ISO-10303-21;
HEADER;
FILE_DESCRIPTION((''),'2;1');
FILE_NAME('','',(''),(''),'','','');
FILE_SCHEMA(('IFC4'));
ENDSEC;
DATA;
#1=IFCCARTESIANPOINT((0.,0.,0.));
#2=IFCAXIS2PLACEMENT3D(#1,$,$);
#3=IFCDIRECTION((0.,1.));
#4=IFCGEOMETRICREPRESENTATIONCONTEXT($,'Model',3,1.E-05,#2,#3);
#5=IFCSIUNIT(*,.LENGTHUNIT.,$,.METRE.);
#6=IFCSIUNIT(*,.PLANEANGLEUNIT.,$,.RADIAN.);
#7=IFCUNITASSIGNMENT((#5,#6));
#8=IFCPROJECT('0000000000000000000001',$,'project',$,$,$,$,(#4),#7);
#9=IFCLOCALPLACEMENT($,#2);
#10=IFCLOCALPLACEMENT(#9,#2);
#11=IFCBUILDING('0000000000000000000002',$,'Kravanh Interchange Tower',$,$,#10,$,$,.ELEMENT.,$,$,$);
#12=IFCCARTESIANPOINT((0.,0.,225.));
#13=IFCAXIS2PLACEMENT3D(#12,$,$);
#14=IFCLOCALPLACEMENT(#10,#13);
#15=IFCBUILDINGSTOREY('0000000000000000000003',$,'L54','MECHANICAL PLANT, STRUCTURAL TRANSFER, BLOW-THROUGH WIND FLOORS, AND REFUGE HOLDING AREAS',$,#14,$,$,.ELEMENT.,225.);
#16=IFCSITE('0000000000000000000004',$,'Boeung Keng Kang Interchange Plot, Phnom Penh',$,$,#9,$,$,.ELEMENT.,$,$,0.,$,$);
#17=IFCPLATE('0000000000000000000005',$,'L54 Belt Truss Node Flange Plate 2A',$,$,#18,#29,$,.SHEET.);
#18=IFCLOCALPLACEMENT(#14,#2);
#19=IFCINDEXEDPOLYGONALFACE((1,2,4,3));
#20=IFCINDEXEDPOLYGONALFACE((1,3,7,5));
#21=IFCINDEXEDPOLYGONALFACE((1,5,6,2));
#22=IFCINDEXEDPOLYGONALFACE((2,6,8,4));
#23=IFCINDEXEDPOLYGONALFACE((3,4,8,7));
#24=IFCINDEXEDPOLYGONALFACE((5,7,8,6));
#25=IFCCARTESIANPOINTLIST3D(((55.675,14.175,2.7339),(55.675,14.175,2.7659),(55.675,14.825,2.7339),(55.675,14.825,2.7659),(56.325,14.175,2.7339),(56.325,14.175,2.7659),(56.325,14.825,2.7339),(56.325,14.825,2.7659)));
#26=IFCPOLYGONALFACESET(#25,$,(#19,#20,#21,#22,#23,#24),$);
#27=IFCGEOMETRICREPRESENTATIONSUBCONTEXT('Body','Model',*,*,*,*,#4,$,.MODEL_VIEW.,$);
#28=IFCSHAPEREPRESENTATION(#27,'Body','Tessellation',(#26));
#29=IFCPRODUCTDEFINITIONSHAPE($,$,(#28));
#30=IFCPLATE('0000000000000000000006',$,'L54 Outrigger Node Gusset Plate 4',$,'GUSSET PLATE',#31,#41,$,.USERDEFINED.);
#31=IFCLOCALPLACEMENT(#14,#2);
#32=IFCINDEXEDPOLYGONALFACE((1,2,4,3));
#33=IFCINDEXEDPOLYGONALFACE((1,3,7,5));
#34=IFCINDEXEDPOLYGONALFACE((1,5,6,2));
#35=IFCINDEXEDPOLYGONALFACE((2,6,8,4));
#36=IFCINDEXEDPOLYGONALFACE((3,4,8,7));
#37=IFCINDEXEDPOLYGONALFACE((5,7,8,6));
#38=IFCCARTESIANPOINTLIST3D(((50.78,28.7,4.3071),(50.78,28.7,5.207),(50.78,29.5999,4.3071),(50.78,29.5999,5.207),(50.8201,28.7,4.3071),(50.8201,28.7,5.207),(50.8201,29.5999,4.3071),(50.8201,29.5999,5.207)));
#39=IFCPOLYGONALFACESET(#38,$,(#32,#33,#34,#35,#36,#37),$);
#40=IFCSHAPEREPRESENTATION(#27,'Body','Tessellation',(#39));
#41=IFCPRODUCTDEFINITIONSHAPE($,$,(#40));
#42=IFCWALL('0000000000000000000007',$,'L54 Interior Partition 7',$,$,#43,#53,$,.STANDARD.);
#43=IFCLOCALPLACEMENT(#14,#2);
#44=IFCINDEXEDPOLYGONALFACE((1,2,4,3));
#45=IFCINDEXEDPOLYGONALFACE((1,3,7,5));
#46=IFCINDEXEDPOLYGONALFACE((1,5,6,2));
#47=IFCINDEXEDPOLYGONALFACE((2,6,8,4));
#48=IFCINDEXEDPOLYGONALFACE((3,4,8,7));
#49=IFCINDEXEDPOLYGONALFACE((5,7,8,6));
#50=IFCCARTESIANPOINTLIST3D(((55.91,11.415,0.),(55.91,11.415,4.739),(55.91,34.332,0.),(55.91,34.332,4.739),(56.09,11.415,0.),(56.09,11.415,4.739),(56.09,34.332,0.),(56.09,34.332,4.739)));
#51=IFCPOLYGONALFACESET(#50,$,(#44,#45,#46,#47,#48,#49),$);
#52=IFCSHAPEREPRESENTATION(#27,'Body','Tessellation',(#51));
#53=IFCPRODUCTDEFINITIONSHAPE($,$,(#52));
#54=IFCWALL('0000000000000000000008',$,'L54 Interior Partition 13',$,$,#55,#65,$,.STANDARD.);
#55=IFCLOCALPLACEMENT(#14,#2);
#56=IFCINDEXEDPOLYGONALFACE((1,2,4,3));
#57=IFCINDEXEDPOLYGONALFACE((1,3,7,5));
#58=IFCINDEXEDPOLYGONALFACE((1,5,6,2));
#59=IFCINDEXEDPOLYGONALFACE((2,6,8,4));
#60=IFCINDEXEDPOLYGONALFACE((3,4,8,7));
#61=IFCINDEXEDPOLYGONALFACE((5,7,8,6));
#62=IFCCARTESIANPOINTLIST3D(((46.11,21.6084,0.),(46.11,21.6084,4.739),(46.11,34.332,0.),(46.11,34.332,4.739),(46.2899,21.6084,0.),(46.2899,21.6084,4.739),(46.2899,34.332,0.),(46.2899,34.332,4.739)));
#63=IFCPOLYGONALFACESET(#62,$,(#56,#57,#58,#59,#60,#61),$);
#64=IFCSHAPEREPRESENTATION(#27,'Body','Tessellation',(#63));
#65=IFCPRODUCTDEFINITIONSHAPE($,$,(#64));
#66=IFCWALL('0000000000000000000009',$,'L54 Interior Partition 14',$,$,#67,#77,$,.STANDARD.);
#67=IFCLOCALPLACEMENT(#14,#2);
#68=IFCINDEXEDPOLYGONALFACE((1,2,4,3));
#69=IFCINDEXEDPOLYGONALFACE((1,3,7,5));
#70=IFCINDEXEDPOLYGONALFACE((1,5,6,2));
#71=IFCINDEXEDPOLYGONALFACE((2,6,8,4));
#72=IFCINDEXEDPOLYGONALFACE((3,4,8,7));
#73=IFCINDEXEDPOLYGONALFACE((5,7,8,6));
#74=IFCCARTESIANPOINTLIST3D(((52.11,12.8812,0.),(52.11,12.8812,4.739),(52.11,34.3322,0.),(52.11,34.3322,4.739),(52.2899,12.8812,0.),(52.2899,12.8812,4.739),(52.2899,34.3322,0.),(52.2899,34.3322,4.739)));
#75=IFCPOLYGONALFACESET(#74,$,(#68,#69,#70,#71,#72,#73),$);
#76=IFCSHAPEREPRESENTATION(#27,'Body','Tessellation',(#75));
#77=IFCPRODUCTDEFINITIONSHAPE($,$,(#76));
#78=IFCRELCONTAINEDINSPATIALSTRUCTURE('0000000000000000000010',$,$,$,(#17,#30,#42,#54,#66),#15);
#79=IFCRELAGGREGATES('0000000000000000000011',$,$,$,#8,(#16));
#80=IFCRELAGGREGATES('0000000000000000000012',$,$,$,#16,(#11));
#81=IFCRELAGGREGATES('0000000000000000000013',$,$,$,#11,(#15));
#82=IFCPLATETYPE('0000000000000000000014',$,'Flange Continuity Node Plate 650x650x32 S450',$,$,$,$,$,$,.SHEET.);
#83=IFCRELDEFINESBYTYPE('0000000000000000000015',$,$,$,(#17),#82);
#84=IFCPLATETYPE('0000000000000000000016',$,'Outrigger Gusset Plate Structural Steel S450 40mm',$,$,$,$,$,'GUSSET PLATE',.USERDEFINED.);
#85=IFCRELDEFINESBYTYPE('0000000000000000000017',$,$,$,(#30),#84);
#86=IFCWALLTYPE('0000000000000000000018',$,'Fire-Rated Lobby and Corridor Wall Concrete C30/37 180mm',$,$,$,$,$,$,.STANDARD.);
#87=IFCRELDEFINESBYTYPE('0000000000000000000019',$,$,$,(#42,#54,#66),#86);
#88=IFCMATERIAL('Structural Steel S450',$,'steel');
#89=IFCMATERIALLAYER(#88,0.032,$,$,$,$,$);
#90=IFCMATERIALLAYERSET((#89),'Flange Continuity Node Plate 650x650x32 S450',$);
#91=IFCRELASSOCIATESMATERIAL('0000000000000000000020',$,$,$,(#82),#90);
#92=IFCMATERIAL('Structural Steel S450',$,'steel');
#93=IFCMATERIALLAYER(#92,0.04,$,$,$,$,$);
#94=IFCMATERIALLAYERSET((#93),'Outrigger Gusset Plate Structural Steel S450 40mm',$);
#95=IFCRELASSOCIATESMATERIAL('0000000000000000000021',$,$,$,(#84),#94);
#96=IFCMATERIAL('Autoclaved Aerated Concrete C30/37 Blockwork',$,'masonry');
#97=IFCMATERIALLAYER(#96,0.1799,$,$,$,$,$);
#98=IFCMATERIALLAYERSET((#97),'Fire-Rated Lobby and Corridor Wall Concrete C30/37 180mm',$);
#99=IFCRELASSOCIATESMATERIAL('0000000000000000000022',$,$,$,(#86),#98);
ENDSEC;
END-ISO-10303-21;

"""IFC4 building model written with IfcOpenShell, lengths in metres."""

from ifc_helpers import new_model, si_unit, direction, frame, frame_2d, origin, origin_2d, place, context, subcontext, project, spatial, rectangle, extrude, material, layer, layer_set, type_object, element, save


model = new_model("IFC4")

# Units and contexts
model_context = context("Model", 3, precision=1e-05, world=origin(), true_north=direction((0.0, 1.0)))
body_context = subcontext(model_context, "Body", "Model", "MODEL_VIEW")
ifc_project = project(units=[si_unit("LENGTHUNIT", "METRE"), si_unit("PLANEANGLEUNIT", "RADIAN")], contexts=[model_context])

# Site, building, storey
site_placement = place(None, origin())
site = spatial("IfcSite", under=ifc_project, at=site_placement, Name="Boeung Keng Kang Interchange Plot, Phnom Penh", CompositionType="ELEMENT", RefElevation=0.0)
building_placement = place(site_placement, origin())
building = spatial("IfcBuilding", under=site, at=building_placement, Name="Kravanh Interchange Tower", CompositionType="ELEMENT")
storey_placement = place(building_placement, frame((0.0, 0.0, 225.0)))
storey = spatial("IfcBuildingStorey", under=building, at=storey_placement, Name="L54", Description="MECHANICAL PLANT, STRUCTURAL TRANSFER, BLOW-THROUGH WIND FLOORS, AND REFUGE HOLDING AREAS", CompositionType="ELEMENT", Elevation=225.0)

# Plates
ifc_material_1 = material(Name="Structural Steel S450", Category="steel")
ifc_layer_1 = layer(ifc_material_1, 0.032)
ifc_layer_set_1 = layer_set([ifc_layer_1], Name="Flange Continuity Node Plate 650x650x32 S450")
plate_type_1 = type_object("IfcPlateType", Name="Flange Continuity Node Plate 650x650x32 S450", PredefinedType="SHEET", material=ifc_layer_set_1)
for number, where, z_axis, x_axis, name in (
    (1, (56.0, 14.5, 2.7339), (0.0, 0.0, 1.0), (1.0, 0.0, 0.0), "L54 Belt Truss Node Flange Plate 2A"),
):
    element("IfcPlate", number, at=place(storey_placement, frame(where, z_axis=z_axis, x_axis=x_axis)), inside=storey, type_object=plate_type_1, Name=name, PredefinedType="SHEET", context=body_context, shape_type="SweptSolid", body=[
        extrude(rectangle(XDim=0.6499, YDim=0.6499, at=origin_2d()), origin(), (0.0, 0.0, 1.0), 0.032),
    ])
ifc_material_2 = material(Name="Structural Steel S450", Category="steel")
ifc_layer_2 = layer(ifc_material_2, 0.04)
ifc_layer_set_2 = layer_set([ifc_layer_2], Name="Outrigger Gusset Plate Structural Steel S450 40mm")
plate_type_2 = type_object("IfcPlateType", Name="Outrigger Gusset Plate Structural Steel S450 40mm", ElementType="GUSSET PLATE", PredefinedType="USERDEFINED", material=ifc_layer_set_2)
plate_placement = place(storey_placement, frame((50.8, 29.1499, 4.3071), z_axis=(0.0, 0.0, 1.0), x_axis=(0.0, -1.0, 0.0)))
element("IfcPlate", 2, at=plate_placement, inside=storey, type_object=plate_type_2, Name="L54 Outrigger Node Gusset Plate 4", ObjectType="GUSSET PLATE", PredefinedType="USERDEFINED", context=body_context, shape_type="SweptSolid", body=[
    extrude(rectangle(XDim=0.8999, YDim=0.04, at=origin_2d()), origin(), (0.0, 0.0, 1.0), 0.8999),
])

# Walls
ifc_material_3 = material(Name="Autoclaved Aerated Concrete C30/37 Blockwork", Category="masonry")
ifc_layer_3 = layer(ifc_material_3, 0.1799)
ifc_layer_set_3 = layer_set([ifc_layer_3], Name="Fire-Rated Lobby and Corridor Wall Concrete C30/37 180mm")
wall_type = type_object("IfcWallType", Name="Fire-Rated Lobby and Corridor Wall Concrete C30/37 180mm", PredefinedType="STANDARD", material=ifc_layer_set_3)
wall_1_placement = place(storey_placement, frame((56.0, 11.415, 0.0), z_axis=(0.0, 0.0, 1.0), x_axis=(0.0, 1.0, 0.0)))
element("IfcWall", 3, at=wall_1_placement, inside=storey, type_object=wall_type, Name="L54 Interior Partition 7", PredefinedType="STANDARD", context=body_context, shape_type="SweptSolid", body=[
    extrude(rectangle(XDim=22.917, YDim=0.1799, at=frame_2d((11.4585, 0.0))), origin(), (0.0, 0.0, 1.0), 4.739),
])
wall_2_placement = place(storey_placement, frame((46.2, 21.6084, 0.0), z_axis=(0.0, 0.0, 1.0), x_axis=(0.0, 1.0, 0.0)))
element("IfcWall", 4, at=wall_2_placement, inside=storey, type_object=wall_type, Name="L54 Interior Partition 13", PredefinedType="STANDARD", context=body_context, shape_type="SweptSolid", body=[
    extrude(rectangle(XDim=12.7236, YDim=0.1799, at=frame_2d((6.3618, 0.0))), origin(), (0.0, 0.0, 1.0), 4.739),
])
wall_3_placement = place(storey_placement, frame((52.2, 12.8811, 0.0), z_axis=(0.0, 0.0, 1.0), x_axis=(0.0, 1.0, 0.0)))
element("IfcWall", 5, at=wall_3_placement, inside=storey, type_object=wall_type, Name="L54 Interior Partition 14", PredefinedType="STANDARD", context=body_context, shape_type="SweptSolid", body=[
    extrude(rectangle(XDim=21.4509, YDim=0.1799, at=frame_2d((10.7256, 0.0))), origin(), (0.0, 0.0, 1.0), 4.739),
])

save(model, "model.ifc")
